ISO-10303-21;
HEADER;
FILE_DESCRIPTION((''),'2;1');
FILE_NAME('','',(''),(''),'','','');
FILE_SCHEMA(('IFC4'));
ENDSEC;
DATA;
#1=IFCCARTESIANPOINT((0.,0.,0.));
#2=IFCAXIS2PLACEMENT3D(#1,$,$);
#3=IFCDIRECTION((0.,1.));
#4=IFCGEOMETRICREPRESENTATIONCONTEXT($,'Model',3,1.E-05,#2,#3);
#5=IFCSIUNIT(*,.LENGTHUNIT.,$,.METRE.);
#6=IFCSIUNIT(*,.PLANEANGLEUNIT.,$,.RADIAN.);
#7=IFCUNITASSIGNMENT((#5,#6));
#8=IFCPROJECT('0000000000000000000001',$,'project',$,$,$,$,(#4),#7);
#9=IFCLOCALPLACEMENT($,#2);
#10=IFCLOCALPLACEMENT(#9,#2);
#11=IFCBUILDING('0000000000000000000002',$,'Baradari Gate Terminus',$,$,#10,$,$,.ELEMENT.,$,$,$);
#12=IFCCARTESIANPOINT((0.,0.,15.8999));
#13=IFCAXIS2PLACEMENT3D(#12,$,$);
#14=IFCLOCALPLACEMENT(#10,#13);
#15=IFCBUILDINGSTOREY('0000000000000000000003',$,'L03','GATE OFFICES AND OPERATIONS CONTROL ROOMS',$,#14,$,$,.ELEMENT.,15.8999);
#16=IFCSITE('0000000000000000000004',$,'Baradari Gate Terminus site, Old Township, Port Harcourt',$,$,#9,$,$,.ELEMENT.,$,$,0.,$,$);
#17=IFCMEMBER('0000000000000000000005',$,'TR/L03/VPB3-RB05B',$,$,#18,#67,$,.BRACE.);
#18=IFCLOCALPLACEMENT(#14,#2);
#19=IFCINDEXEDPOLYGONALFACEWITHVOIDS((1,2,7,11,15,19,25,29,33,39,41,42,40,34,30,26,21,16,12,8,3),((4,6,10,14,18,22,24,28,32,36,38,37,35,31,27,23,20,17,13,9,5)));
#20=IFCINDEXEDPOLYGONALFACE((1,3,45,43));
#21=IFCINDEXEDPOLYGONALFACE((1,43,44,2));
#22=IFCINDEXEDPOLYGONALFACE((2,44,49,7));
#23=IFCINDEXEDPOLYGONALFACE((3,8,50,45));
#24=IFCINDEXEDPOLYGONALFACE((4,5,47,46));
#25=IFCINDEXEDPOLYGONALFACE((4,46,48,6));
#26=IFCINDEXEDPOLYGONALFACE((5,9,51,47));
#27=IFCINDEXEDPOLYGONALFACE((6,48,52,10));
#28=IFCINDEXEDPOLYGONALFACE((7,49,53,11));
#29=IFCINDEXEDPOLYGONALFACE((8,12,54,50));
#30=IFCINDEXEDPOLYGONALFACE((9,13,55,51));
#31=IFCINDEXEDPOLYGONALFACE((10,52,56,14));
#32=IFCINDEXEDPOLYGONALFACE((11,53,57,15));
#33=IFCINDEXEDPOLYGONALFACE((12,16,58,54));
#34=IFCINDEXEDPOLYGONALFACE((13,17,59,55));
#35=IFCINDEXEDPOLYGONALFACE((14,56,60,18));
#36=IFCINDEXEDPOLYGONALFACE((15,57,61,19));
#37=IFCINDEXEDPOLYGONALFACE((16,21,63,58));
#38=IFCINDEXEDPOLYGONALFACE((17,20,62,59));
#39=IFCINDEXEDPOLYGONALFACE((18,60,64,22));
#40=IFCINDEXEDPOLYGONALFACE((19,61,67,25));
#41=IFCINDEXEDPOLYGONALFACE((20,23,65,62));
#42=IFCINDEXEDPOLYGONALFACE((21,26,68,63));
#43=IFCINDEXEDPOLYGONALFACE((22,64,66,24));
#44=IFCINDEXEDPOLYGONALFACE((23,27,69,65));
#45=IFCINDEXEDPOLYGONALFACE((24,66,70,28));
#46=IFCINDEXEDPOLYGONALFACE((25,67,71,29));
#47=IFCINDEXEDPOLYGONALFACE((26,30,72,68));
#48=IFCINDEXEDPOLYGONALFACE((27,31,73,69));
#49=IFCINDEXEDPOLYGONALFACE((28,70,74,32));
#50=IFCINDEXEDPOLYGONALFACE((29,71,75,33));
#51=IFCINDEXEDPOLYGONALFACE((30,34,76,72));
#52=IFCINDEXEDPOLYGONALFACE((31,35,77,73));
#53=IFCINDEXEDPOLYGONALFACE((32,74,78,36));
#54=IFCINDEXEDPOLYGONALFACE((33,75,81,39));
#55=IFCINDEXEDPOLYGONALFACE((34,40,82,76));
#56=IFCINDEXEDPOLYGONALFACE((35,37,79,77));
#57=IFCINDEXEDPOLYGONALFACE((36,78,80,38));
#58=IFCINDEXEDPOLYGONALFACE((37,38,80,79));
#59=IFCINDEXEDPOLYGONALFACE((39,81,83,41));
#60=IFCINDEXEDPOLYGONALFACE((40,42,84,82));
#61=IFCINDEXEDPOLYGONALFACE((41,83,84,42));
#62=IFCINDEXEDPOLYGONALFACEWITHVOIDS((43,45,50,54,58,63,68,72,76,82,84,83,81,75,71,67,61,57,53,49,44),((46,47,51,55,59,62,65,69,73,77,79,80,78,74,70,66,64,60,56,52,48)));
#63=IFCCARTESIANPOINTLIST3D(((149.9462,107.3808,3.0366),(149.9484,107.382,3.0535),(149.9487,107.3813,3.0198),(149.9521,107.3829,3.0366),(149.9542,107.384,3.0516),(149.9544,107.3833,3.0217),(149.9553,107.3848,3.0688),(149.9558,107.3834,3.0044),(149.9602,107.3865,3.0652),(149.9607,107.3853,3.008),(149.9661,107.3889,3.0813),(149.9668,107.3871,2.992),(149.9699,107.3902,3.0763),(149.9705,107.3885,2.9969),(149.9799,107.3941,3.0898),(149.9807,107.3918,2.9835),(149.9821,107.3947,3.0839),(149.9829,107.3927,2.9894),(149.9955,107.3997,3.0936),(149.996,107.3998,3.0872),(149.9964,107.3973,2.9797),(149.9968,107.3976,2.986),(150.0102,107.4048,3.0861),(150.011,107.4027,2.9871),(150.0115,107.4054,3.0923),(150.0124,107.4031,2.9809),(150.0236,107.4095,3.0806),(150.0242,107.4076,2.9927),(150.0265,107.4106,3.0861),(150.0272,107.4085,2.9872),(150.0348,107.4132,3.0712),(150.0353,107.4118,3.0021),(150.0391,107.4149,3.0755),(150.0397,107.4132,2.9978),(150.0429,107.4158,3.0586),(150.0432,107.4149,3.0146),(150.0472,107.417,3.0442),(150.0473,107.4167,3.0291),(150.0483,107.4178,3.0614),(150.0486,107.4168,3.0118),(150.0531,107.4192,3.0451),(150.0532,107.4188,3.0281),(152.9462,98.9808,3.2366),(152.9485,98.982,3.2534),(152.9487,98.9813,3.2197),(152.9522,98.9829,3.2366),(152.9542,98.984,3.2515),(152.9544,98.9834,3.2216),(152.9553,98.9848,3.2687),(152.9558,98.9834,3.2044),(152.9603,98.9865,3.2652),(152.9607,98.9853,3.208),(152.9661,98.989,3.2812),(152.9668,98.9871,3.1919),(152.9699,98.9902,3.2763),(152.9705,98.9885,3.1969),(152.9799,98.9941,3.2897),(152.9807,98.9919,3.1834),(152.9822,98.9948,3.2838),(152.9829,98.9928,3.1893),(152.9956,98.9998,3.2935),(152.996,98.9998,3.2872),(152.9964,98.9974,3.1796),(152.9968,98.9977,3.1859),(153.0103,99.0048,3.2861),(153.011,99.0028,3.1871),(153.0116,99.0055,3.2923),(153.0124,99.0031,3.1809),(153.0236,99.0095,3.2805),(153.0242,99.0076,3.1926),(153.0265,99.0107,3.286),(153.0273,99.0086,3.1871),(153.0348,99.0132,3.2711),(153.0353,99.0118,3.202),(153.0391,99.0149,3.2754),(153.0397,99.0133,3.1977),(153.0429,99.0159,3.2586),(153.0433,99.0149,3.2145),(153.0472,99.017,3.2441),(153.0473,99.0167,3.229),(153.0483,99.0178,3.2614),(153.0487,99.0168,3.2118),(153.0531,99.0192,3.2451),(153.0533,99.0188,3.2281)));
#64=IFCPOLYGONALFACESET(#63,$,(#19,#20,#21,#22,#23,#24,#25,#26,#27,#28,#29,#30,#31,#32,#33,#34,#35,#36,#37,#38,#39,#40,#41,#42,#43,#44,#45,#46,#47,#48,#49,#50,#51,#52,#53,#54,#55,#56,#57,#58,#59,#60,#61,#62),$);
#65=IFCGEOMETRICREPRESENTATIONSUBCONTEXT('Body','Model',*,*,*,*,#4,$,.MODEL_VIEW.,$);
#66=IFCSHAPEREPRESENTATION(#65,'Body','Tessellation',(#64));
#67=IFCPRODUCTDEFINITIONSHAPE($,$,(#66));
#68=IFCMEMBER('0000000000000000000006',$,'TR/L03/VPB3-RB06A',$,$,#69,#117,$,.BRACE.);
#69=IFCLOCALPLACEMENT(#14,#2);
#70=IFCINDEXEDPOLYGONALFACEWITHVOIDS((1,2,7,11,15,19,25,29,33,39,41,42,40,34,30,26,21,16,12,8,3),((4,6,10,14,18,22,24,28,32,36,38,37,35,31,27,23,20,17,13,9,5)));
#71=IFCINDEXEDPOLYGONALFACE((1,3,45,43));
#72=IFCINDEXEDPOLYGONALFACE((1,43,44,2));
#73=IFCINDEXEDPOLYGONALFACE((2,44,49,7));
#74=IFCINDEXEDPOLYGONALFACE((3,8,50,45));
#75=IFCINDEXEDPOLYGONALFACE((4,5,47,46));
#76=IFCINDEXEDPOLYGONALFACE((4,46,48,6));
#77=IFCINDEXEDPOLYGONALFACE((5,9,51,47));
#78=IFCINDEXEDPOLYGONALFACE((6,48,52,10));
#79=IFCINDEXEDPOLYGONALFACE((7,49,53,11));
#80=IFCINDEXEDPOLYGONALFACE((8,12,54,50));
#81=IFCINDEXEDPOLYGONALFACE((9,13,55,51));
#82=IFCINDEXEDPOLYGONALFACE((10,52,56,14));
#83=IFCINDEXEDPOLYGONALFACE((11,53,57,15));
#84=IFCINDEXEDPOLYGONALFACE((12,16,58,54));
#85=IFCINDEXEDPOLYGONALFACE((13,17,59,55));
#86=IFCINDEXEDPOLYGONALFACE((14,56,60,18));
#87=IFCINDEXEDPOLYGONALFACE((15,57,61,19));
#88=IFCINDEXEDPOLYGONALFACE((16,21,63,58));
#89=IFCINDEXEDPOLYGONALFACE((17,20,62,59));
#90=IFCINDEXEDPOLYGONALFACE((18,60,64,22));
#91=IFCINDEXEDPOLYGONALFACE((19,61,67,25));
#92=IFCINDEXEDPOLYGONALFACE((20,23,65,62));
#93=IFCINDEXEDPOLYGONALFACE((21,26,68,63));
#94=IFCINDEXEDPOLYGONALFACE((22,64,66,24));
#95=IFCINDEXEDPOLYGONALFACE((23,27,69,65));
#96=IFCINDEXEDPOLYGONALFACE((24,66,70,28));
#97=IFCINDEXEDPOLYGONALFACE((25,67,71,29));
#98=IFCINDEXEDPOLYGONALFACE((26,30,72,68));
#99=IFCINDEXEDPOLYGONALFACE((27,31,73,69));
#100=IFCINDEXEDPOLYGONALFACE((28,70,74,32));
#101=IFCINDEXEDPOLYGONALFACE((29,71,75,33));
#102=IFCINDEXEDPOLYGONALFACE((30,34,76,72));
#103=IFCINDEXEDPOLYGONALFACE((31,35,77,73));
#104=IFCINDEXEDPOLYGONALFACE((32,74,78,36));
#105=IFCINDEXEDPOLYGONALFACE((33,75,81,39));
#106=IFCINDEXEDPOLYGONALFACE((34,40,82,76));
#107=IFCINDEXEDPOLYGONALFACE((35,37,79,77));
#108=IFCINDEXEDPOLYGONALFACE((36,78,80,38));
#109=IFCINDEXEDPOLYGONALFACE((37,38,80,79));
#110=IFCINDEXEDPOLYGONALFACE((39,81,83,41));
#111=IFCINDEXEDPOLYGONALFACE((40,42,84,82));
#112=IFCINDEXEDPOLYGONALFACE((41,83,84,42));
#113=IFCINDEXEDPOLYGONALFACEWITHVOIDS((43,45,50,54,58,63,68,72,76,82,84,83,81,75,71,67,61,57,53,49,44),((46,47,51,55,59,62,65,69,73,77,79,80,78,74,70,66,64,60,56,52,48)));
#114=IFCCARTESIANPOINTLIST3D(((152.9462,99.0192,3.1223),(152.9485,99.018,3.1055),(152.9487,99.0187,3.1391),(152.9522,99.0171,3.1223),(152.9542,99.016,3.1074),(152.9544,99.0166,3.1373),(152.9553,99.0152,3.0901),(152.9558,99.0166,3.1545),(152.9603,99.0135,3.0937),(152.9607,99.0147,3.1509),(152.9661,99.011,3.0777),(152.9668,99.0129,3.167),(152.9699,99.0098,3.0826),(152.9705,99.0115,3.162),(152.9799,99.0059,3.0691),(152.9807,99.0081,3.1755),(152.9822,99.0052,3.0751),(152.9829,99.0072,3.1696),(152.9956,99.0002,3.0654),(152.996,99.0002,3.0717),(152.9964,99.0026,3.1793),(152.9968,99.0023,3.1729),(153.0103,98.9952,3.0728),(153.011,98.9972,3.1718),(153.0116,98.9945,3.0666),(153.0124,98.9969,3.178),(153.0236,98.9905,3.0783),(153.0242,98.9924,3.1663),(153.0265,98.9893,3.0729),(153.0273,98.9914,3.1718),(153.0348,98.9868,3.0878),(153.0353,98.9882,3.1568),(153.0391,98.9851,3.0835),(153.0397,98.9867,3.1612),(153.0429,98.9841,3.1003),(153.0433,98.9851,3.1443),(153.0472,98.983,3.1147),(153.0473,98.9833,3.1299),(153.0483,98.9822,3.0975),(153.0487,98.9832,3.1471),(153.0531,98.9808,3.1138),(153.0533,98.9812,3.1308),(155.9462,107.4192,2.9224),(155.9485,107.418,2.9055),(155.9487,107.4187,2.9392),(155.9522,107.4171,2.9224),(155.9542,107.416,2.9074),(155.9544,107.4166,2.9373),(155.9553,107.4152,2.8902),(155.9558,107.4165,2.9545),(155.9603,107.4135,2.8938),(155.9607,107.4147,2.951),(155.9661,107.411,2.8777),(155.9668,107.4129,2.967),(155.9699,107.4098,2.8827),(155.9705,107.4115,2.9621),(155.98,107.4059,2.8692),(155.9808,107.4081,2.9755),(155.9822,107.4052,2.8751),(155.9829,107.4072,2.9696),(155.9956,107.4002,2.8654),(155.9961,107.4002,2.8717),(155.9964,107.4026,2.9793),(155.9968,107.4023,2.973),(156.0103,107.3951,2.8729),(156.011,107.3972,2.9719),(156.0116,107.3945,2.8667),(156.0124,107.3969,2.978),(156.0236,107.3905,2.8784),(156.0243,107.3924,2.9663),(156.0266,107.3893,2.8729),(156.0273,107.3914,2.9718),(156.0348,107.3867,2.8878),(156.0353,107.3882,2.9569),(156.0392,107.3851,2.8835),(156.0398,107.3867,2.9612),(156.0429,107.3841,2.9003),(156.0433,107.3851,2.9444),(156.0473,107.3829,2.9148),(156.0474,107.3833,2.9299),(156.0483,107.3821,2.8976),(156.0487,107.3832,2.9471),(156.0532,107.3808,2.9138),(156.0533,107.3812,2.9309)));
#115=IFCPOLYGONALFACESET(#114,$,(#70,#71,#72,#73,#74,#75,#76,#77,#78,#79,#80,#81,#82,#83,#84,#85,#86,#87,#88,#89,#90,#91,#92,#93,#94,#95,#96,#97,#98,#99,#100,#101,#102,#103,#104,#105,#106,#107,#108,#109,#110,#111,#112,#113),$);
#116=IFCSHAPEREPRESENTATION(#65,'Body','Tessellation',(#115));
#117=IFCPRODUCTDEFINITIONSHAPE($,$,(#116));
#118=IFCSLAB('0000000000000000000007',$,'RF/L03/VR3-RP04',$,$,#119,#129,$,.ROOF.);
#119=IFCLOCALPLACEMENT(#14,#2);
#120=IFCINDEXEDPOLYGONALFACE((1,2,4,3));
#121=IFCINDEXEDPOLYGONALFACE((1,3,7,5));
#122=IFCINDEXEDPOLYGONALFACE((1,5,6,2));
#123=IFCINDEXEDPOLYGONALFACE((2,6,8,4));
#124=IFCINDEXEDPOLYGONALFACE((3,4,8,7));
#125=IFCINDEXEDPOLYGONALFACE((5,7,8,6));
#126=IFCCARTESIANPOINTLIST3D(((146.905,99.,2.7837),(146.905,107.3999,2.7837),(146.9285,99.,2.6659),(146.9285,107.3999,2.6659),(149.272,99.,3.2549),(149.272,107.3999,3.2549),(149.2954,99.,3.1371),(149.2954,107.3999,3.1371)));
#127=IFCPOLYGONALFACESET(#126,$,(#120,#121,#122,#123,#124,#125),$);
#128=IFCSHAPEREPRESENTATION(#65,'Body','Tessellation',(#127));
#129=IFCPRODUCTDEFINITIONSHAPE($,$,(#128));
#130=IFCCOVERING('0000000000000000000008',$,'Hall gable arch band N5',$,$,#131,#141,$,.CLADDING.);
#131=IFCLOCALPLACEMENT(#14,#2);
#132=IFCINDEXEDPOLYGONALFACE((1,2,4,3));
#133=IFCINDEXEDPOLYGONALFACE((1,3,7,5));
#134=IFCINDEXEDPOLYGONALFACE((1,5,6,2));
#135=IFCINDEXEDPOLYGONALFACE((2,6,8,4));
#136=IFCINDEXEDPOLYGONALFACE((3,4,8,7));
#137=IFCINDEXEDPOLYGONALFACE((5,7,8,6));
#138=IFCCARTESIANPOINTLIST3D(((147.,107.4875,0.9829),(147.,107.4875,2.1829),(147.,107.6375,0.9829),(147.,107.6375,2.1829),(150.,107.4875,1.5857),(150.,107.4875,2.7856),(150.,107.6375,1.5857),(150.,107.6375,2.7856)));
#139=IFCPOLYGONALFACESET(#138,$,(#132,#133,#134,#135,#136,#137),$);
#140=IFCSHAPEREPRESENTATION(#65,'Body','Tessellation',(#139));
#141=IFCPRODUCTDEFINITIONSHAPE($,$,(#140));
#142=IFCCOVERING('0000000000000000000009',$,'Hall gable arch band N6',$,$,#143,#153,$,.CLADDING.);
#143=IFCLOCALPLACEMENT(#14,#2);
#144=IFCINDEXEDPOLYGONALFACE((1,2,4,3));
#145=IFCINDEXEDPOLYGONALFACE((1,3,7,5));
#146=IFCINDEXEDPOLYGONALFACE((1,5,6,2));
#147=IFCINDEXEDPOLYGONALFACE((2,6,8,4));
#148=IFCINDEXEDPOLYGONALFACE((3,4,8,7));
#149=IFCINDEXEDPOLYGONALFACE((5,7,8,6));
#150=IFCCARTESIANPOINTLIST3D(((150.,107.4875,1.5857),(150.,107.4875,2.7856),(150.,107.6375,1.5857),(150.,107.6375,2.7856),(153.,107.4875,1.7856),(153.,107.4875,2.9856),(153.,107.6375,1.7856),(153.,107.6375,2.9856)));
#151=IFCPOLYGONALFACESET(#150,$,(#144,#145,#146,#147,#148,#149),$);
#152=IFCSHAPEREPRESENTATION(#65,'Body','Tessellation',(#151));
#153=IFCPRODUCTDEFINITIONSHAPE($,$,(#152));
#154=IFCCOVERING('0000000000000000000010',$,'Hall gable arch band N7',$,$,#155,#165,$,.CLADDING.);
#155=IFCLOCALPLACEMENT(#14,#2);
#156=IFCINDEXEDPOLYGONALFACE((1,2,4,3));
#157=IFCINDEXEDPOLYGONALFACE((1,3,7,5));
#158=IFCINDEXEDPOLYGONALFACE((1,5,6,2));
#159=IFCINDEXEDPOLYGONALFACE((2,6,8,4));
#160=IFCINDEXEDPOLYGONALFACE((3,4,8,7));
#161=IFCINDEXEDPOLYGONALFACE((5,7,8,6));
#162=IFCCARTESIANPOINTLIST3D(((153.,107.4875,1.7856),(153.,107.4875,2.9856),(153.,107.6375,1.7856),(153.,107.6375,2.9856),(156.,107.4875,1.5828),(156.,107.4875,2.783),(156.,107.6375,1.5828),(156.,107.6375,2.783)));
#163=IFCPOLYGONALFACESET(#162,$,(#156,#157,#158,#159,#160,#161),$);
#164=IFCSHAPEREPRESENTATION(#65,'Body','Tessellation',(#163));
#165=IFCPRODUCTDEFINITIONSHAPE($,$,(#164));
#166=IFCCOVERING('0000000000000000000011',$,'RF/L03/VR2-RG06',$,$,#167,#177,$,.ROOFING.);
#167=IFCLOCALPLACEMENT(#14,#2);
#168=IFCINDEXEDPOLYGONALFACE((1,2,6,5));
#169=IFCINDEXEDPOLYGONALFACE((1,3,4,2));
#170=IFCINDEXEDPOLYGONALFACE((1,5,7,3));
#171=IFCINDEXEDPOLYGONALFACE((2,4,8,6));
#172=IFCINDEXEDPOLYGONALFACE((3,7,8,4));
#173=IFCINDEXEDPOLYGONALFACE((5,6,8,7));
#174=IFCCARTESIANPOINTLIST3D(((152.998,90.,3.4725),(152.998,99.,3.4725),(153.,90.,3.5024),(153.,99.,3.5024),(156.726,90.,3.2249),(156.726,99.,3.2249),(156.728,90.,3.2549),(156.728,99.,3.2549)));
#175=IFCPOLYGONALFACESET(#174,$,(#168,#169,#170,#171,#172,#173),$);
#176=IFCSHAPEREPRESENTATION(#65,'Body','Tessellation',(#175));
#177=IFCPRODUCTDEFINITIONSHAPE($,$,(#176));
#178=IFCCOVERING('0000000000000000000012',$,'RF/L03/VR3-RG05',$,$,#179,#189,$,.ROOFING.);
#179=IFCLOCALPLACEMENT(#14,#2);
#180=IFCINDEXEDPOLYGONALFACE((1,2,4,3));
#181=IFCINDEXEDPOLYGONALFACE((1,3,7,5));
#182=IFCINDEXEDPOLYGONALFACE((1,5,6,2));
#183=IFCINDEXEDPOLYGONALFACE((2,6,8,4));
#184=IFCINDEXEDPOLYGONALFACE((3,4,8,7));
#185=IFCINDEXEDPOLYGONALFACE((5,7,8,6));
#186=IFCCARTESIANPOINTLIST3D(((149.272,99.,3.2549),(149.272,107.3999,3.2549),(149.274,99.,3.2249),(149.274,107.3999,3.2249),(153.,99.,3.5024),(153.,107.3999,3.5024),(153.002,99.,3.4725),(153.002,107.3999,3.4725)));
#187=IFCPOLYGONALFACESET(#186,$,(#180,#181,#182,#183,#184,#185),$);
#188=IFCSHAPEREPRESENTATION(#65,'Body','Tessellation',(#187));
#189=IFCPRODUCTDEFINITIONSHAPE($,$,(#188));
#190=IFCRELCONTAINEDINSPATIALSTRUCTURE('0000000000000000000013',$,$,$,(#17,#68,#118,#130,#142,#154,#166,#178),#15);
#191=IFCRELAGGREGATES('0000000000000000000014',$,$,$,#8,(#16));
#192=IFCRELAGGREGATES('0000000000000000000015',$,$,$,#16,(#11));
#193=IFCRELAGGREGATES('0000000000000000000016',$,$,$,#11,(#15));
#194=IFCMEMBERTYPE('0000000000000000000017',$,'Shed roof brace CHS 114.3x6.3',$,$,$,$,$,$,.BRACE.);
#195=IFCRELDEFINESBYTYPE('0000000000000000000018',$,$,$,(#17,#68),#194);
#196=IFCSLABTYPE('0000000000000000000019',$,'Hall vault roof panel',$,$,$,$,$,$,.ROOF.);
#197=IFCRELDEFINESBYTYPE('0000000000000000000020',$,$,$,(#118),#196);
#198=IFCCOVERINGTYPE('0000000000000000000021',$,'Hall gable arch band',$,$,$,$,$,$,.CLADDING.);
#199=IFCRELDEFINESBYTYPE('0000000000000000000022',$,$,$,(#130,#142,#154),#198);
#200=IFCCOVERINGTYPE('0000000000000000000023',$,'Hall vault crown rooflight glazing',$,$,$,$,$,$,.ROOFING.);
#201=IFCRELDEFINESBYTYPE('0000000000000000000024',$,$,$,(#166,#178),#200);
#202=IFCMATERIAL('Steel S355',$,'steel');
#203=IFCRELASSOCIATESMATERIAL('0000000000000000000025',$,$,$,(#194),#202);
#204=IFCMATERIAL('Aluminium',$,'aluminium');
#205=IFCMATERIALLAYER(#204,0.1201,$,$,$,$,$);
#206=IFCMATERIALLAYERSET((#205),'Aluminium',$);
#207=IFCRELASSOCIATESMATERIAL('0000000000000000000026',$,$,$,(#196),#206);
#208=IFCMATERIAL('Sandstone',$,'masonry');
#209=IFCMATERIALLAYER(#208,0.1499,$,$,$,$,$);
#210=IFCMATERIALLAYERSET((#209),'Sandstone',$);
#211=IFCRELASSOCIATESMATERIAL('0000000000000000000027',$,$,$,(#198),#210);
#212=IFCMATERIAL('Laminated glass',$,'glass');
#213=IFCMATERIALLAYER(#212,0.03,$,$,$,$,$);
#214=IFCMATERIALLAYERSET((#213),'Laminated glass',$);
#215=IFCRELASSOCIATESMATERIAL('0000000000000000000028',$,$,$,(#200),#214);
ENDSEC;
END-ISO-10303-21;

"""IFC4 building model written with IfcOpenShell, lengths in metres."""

from ifc_helpers import new_model, si_unit, direction, frame, origin, origin_2d, place, context, subcontext, project, spatial, polyline, hollow_circle, outline, extrude, material, layer, layer_set, material_profile, profile_set, type_object, element, save


model = new_model("IFC4")

# Units and contexts
model_context = context("Model", 3, precision=1e-05, world=origin(), true_north=direction((0.0, 1.0)))
body_context = subcontext(model_context, "Body", "Model", "MODEL_VIEW")
ifc_project = project(units=[si_unit("LENGTHUNIT", "METRE"), si_unit("PLANEANGLEUNIT", "RADIAN")], contexts=[model_context])

# Site, building, storey
site_placement = place(None, origin())
site = spatial("IfcSite", under=ifc_project, at=site_placement, Name="Baradari Gate Terminus site, Old Township, Port Harcourt", CompositionType="ELEMENT", RefElevation=0.0)
building_placement = place(site_placement, origin())
building = spatial("IfcBuilding", under=site, at=building_placement, Name="Baradari Gate Terminus", CompositionType="ELEMENT")
storey_placement = place(building_placement, frame((0.0, 0.0, 15.8999)))
storey = spatial("IfcBuildingStorey", under=building, at=storey_placement, Name="L03", Description="GATE OFFICES AND OPERATIONS CONTROL ROOMS", CompositionType="ELEMENT", Elevation=15.8999)

# Members
ifc_material_1 = material(Name="Steel S355", Category="steel")
ifc_material_profile_1 = material_profile(ifc_material_1, hollow_circle(Radius=0.0571, WallThickness=0.0063, at=origin_2d()), Name="CHS 114.3x6.3")
ifc_profile_set_1 = profile_set([ifc_material_profile_1], Name="Steel S355")
member_type_1 = type_object("IfcMemberType", Name="Shed roof brace CHS 114.3x6.3", PredefinedType="BRACE", material=ifc_profile_set_1)
for number, where, z_axis, x_axis, name in (
    (1, (153.0, 99.0, 3.2366), (-0.336255, 0.941504, -0.022412), (-0.941741, -0.33634, 0.0), "TR/L03/VPB3-RB05B"),
    (2, (153.0, 99.0, 3.1223), (0.336255, 0.941504, -0.022412), (-0.941741, 0.33634, 0.0), "TR/L03/VPB3-RB06A"),
):
    element("IfcMember", number, at=place(storey_placement, frame(where, z_axis=z_axis, x_axis=x_axis)), inside=storey, type_object=member_type_1, Name=name, PredefinedType="BRACE", context=body_context, shape_type="SweptSolid", body=[
        extrude(hollow_circle(Radius=0.0571, WallThickness=0.0063, at=origin_2d()), origin(), (0.0, 0.0, 1.0), 8.9219),
    ])

# Slab
ifc_material_2 = material(Name="Aluminium", Category="aluminium")
ifc_layer_1 = layer(ifc_material_2, 0.1201)
ifc_layer_set_1 = layer_set([ifc_layer_1], Name="Aluminium")
slab_type = type_object("IfcSlabType", Name="Hall vault roof panel", PredefinedType="ROOF", material=ifc_layer_set_1)
slab_placement = place(storey_placement, frame((146.905, 99.0, 2.7837), z_axis=(-0.195241, 0.0, 0.980755), x_axis=(0.0, 1.0, 0.0)))
element("IfcSlab", 3, at=slab_placement, inside=storey, type_object=slab_type, Name="RF/L03/VR3-RP04", PredefinedType="ROOF", context=body_context, shape_type="SweptSolid", body=[
    extrude(outline(polyline([(0.0, 0.0), (8.3999, 0.0), (8.3999, -2.4134), (0.0, -2.4134), (0.0, 0.0)])), origin(), (0.0, 0.0, -1.0), 0.1201),
])

# Coverings
ifc_material_3 = material(Name="Sandstone", Category="masonry")
ifc_layer_2 = layer(ifc_material_3, 0.1499)
ifc_layer_set_2 = layer_set([ifc_layer_2], Name="Sandstone")
covering_type_1 = type_object("IfcCoveringType", Name="Hall gable arch band", PredefinedType="CLADDING", material=ifc_layer_set_2)
covering_1_placement = place(storey_placement, frame((147.0, 107.5625, 0.9829), z_axis=(0.0, 0.0, 1.0), x_axis=(1.0, 0.0, 0.0)))
element("IfcCovering", 4, at=covering_1_placement, inside=storey, type_object=covering_type_1, Name="Hall gable arch band N5", PredefinedType="CLADDING", context=body_context, shape_type="SweptSolid", body=[
    extrude(outline(polyline([(0.0, 1.2), (0.0, 0.0), (3.0, 0.6028), (3.0, 1.8027), (0.0, 1.2)])), frame((0.0, 0.075, 0.0), z_axis=(0.0, -1.0, 0.0), x_axis=(1.0, 0.0, 0.0)), (0.0, 0.0, 1.0), 0.1499),
])
covering_2_placement = place(storey_placement, frame((150.0, 107.5625, 1.5857), z_axis=(0.0, 0.0, 1.0), x_axis=(1.0, 0.0, 0.0)))
element("IfcCovering", 5, at=covering_2_placement, inside=storey, type_object=covering_type_1, Name="Hall gable arch band N6", PredefinedType="CLADDING", context=body_context, shape_type="SweptSolid", body=[
    extrude(outline(polyline([(0.0, 1.2), (0.0, 0.0), (3.0, 0.2), (3.0, 1.3999), (0.0, 1.2)])), frame((0.0, 0.075, 0.0), z_axis=(0.0, -1.0, 0.0), x_axis=(1.0, 0.0, 0.0)), (0.0, 0.0, 1.0), 0.1499),
])
covering_3_placement = place(storey_placement, frame((153.0, 107.5625, 1.5828), z_axis=(0.0, 0.0, 1.0), x_axis=(1.0, 0.0, 0.0)))
element("IfcCovering", 6, at=covering_3_placement, inside=storey, type_object=covering_type_1, Name="Hall gable arch band N7", PredefinedType="CLADDING", context=body_context, shape_type="SweptSolid", body=[
    extrude(outline(polyline([(0.0, 1.4028), (0.0, 0.2029), (3.0, 0.0), (3.0, 1.2002), (0.0, 1.4028)])), frame((0.0, 0.075, 0.0), z_axis=(0.0, -1.0, 0.0), x_axis=(1.0, 0.0, 0.0)), (0.0, 0.0, 1.0), 0.1499),
])
ifc_material_4 = material(Name="Laminated glass", Category="glass")
ifc_layer_3 = layer(ifc_material_4, 0.03)
ifc_layer_set_3 = layer_set([ifc_layer_3], Name="Laminated glass")
covering_type_2 = type_object("IfcCoveringType", Name="Hall vault crown rooflight glazing", PredefinedType="ROOFING", material=ifc_layer_set_3)
covering_4_placement = place(storey_placement, frame((153.0, 90.0, 3.5024), z_axis=(0.066259, 0.0, 0.997802), x_axis=(0.0, 1.0, 0.0)))
element("IfcCovering", 7, at=covering_4_placement, inside=storey, type_object=covering_type_2, Name="RF/L03/VR2-RG06", PredefinedType="ROOFING", context=body_context, shape_type="SweptSolid", body=[
    extrude(outline(polyline([(0.0, 0.0), (9.0, 0.0), (9.0, -3.7362), (0.0, -3.7362), (0.0, 0.0)])), origin(), (0.0, 0.0, -1.0), 0.03),
])
for number, where, z_axis, x_axis, name in (
    (8, (149.272, 99.0, 3.2549), (-0.066259, 0.0, 0.997802), (0.0, 1.0, 0.0), "RF/L03/VR3-RG05"),
):
    element("IfcCovering", number, at=place(storey_placement, frame(where, z_axis=z_axis, x_axis=x_axis)), inside=storey, type_object=covering_type_2, Name=name, PredefinedType="ROOFING", context=body_context, shape_type="SweptSolid", body=[
        extrude(outline(polyline([(0.0, 0.0), (8.3999, 0.0), (8.3999, -3.7362), (0.0, -3.7362), (0.0, 0.0)])), origin(), (0.0, 0.0, -1.0), 0.03),
    ])

save(model, "model.ifc")
